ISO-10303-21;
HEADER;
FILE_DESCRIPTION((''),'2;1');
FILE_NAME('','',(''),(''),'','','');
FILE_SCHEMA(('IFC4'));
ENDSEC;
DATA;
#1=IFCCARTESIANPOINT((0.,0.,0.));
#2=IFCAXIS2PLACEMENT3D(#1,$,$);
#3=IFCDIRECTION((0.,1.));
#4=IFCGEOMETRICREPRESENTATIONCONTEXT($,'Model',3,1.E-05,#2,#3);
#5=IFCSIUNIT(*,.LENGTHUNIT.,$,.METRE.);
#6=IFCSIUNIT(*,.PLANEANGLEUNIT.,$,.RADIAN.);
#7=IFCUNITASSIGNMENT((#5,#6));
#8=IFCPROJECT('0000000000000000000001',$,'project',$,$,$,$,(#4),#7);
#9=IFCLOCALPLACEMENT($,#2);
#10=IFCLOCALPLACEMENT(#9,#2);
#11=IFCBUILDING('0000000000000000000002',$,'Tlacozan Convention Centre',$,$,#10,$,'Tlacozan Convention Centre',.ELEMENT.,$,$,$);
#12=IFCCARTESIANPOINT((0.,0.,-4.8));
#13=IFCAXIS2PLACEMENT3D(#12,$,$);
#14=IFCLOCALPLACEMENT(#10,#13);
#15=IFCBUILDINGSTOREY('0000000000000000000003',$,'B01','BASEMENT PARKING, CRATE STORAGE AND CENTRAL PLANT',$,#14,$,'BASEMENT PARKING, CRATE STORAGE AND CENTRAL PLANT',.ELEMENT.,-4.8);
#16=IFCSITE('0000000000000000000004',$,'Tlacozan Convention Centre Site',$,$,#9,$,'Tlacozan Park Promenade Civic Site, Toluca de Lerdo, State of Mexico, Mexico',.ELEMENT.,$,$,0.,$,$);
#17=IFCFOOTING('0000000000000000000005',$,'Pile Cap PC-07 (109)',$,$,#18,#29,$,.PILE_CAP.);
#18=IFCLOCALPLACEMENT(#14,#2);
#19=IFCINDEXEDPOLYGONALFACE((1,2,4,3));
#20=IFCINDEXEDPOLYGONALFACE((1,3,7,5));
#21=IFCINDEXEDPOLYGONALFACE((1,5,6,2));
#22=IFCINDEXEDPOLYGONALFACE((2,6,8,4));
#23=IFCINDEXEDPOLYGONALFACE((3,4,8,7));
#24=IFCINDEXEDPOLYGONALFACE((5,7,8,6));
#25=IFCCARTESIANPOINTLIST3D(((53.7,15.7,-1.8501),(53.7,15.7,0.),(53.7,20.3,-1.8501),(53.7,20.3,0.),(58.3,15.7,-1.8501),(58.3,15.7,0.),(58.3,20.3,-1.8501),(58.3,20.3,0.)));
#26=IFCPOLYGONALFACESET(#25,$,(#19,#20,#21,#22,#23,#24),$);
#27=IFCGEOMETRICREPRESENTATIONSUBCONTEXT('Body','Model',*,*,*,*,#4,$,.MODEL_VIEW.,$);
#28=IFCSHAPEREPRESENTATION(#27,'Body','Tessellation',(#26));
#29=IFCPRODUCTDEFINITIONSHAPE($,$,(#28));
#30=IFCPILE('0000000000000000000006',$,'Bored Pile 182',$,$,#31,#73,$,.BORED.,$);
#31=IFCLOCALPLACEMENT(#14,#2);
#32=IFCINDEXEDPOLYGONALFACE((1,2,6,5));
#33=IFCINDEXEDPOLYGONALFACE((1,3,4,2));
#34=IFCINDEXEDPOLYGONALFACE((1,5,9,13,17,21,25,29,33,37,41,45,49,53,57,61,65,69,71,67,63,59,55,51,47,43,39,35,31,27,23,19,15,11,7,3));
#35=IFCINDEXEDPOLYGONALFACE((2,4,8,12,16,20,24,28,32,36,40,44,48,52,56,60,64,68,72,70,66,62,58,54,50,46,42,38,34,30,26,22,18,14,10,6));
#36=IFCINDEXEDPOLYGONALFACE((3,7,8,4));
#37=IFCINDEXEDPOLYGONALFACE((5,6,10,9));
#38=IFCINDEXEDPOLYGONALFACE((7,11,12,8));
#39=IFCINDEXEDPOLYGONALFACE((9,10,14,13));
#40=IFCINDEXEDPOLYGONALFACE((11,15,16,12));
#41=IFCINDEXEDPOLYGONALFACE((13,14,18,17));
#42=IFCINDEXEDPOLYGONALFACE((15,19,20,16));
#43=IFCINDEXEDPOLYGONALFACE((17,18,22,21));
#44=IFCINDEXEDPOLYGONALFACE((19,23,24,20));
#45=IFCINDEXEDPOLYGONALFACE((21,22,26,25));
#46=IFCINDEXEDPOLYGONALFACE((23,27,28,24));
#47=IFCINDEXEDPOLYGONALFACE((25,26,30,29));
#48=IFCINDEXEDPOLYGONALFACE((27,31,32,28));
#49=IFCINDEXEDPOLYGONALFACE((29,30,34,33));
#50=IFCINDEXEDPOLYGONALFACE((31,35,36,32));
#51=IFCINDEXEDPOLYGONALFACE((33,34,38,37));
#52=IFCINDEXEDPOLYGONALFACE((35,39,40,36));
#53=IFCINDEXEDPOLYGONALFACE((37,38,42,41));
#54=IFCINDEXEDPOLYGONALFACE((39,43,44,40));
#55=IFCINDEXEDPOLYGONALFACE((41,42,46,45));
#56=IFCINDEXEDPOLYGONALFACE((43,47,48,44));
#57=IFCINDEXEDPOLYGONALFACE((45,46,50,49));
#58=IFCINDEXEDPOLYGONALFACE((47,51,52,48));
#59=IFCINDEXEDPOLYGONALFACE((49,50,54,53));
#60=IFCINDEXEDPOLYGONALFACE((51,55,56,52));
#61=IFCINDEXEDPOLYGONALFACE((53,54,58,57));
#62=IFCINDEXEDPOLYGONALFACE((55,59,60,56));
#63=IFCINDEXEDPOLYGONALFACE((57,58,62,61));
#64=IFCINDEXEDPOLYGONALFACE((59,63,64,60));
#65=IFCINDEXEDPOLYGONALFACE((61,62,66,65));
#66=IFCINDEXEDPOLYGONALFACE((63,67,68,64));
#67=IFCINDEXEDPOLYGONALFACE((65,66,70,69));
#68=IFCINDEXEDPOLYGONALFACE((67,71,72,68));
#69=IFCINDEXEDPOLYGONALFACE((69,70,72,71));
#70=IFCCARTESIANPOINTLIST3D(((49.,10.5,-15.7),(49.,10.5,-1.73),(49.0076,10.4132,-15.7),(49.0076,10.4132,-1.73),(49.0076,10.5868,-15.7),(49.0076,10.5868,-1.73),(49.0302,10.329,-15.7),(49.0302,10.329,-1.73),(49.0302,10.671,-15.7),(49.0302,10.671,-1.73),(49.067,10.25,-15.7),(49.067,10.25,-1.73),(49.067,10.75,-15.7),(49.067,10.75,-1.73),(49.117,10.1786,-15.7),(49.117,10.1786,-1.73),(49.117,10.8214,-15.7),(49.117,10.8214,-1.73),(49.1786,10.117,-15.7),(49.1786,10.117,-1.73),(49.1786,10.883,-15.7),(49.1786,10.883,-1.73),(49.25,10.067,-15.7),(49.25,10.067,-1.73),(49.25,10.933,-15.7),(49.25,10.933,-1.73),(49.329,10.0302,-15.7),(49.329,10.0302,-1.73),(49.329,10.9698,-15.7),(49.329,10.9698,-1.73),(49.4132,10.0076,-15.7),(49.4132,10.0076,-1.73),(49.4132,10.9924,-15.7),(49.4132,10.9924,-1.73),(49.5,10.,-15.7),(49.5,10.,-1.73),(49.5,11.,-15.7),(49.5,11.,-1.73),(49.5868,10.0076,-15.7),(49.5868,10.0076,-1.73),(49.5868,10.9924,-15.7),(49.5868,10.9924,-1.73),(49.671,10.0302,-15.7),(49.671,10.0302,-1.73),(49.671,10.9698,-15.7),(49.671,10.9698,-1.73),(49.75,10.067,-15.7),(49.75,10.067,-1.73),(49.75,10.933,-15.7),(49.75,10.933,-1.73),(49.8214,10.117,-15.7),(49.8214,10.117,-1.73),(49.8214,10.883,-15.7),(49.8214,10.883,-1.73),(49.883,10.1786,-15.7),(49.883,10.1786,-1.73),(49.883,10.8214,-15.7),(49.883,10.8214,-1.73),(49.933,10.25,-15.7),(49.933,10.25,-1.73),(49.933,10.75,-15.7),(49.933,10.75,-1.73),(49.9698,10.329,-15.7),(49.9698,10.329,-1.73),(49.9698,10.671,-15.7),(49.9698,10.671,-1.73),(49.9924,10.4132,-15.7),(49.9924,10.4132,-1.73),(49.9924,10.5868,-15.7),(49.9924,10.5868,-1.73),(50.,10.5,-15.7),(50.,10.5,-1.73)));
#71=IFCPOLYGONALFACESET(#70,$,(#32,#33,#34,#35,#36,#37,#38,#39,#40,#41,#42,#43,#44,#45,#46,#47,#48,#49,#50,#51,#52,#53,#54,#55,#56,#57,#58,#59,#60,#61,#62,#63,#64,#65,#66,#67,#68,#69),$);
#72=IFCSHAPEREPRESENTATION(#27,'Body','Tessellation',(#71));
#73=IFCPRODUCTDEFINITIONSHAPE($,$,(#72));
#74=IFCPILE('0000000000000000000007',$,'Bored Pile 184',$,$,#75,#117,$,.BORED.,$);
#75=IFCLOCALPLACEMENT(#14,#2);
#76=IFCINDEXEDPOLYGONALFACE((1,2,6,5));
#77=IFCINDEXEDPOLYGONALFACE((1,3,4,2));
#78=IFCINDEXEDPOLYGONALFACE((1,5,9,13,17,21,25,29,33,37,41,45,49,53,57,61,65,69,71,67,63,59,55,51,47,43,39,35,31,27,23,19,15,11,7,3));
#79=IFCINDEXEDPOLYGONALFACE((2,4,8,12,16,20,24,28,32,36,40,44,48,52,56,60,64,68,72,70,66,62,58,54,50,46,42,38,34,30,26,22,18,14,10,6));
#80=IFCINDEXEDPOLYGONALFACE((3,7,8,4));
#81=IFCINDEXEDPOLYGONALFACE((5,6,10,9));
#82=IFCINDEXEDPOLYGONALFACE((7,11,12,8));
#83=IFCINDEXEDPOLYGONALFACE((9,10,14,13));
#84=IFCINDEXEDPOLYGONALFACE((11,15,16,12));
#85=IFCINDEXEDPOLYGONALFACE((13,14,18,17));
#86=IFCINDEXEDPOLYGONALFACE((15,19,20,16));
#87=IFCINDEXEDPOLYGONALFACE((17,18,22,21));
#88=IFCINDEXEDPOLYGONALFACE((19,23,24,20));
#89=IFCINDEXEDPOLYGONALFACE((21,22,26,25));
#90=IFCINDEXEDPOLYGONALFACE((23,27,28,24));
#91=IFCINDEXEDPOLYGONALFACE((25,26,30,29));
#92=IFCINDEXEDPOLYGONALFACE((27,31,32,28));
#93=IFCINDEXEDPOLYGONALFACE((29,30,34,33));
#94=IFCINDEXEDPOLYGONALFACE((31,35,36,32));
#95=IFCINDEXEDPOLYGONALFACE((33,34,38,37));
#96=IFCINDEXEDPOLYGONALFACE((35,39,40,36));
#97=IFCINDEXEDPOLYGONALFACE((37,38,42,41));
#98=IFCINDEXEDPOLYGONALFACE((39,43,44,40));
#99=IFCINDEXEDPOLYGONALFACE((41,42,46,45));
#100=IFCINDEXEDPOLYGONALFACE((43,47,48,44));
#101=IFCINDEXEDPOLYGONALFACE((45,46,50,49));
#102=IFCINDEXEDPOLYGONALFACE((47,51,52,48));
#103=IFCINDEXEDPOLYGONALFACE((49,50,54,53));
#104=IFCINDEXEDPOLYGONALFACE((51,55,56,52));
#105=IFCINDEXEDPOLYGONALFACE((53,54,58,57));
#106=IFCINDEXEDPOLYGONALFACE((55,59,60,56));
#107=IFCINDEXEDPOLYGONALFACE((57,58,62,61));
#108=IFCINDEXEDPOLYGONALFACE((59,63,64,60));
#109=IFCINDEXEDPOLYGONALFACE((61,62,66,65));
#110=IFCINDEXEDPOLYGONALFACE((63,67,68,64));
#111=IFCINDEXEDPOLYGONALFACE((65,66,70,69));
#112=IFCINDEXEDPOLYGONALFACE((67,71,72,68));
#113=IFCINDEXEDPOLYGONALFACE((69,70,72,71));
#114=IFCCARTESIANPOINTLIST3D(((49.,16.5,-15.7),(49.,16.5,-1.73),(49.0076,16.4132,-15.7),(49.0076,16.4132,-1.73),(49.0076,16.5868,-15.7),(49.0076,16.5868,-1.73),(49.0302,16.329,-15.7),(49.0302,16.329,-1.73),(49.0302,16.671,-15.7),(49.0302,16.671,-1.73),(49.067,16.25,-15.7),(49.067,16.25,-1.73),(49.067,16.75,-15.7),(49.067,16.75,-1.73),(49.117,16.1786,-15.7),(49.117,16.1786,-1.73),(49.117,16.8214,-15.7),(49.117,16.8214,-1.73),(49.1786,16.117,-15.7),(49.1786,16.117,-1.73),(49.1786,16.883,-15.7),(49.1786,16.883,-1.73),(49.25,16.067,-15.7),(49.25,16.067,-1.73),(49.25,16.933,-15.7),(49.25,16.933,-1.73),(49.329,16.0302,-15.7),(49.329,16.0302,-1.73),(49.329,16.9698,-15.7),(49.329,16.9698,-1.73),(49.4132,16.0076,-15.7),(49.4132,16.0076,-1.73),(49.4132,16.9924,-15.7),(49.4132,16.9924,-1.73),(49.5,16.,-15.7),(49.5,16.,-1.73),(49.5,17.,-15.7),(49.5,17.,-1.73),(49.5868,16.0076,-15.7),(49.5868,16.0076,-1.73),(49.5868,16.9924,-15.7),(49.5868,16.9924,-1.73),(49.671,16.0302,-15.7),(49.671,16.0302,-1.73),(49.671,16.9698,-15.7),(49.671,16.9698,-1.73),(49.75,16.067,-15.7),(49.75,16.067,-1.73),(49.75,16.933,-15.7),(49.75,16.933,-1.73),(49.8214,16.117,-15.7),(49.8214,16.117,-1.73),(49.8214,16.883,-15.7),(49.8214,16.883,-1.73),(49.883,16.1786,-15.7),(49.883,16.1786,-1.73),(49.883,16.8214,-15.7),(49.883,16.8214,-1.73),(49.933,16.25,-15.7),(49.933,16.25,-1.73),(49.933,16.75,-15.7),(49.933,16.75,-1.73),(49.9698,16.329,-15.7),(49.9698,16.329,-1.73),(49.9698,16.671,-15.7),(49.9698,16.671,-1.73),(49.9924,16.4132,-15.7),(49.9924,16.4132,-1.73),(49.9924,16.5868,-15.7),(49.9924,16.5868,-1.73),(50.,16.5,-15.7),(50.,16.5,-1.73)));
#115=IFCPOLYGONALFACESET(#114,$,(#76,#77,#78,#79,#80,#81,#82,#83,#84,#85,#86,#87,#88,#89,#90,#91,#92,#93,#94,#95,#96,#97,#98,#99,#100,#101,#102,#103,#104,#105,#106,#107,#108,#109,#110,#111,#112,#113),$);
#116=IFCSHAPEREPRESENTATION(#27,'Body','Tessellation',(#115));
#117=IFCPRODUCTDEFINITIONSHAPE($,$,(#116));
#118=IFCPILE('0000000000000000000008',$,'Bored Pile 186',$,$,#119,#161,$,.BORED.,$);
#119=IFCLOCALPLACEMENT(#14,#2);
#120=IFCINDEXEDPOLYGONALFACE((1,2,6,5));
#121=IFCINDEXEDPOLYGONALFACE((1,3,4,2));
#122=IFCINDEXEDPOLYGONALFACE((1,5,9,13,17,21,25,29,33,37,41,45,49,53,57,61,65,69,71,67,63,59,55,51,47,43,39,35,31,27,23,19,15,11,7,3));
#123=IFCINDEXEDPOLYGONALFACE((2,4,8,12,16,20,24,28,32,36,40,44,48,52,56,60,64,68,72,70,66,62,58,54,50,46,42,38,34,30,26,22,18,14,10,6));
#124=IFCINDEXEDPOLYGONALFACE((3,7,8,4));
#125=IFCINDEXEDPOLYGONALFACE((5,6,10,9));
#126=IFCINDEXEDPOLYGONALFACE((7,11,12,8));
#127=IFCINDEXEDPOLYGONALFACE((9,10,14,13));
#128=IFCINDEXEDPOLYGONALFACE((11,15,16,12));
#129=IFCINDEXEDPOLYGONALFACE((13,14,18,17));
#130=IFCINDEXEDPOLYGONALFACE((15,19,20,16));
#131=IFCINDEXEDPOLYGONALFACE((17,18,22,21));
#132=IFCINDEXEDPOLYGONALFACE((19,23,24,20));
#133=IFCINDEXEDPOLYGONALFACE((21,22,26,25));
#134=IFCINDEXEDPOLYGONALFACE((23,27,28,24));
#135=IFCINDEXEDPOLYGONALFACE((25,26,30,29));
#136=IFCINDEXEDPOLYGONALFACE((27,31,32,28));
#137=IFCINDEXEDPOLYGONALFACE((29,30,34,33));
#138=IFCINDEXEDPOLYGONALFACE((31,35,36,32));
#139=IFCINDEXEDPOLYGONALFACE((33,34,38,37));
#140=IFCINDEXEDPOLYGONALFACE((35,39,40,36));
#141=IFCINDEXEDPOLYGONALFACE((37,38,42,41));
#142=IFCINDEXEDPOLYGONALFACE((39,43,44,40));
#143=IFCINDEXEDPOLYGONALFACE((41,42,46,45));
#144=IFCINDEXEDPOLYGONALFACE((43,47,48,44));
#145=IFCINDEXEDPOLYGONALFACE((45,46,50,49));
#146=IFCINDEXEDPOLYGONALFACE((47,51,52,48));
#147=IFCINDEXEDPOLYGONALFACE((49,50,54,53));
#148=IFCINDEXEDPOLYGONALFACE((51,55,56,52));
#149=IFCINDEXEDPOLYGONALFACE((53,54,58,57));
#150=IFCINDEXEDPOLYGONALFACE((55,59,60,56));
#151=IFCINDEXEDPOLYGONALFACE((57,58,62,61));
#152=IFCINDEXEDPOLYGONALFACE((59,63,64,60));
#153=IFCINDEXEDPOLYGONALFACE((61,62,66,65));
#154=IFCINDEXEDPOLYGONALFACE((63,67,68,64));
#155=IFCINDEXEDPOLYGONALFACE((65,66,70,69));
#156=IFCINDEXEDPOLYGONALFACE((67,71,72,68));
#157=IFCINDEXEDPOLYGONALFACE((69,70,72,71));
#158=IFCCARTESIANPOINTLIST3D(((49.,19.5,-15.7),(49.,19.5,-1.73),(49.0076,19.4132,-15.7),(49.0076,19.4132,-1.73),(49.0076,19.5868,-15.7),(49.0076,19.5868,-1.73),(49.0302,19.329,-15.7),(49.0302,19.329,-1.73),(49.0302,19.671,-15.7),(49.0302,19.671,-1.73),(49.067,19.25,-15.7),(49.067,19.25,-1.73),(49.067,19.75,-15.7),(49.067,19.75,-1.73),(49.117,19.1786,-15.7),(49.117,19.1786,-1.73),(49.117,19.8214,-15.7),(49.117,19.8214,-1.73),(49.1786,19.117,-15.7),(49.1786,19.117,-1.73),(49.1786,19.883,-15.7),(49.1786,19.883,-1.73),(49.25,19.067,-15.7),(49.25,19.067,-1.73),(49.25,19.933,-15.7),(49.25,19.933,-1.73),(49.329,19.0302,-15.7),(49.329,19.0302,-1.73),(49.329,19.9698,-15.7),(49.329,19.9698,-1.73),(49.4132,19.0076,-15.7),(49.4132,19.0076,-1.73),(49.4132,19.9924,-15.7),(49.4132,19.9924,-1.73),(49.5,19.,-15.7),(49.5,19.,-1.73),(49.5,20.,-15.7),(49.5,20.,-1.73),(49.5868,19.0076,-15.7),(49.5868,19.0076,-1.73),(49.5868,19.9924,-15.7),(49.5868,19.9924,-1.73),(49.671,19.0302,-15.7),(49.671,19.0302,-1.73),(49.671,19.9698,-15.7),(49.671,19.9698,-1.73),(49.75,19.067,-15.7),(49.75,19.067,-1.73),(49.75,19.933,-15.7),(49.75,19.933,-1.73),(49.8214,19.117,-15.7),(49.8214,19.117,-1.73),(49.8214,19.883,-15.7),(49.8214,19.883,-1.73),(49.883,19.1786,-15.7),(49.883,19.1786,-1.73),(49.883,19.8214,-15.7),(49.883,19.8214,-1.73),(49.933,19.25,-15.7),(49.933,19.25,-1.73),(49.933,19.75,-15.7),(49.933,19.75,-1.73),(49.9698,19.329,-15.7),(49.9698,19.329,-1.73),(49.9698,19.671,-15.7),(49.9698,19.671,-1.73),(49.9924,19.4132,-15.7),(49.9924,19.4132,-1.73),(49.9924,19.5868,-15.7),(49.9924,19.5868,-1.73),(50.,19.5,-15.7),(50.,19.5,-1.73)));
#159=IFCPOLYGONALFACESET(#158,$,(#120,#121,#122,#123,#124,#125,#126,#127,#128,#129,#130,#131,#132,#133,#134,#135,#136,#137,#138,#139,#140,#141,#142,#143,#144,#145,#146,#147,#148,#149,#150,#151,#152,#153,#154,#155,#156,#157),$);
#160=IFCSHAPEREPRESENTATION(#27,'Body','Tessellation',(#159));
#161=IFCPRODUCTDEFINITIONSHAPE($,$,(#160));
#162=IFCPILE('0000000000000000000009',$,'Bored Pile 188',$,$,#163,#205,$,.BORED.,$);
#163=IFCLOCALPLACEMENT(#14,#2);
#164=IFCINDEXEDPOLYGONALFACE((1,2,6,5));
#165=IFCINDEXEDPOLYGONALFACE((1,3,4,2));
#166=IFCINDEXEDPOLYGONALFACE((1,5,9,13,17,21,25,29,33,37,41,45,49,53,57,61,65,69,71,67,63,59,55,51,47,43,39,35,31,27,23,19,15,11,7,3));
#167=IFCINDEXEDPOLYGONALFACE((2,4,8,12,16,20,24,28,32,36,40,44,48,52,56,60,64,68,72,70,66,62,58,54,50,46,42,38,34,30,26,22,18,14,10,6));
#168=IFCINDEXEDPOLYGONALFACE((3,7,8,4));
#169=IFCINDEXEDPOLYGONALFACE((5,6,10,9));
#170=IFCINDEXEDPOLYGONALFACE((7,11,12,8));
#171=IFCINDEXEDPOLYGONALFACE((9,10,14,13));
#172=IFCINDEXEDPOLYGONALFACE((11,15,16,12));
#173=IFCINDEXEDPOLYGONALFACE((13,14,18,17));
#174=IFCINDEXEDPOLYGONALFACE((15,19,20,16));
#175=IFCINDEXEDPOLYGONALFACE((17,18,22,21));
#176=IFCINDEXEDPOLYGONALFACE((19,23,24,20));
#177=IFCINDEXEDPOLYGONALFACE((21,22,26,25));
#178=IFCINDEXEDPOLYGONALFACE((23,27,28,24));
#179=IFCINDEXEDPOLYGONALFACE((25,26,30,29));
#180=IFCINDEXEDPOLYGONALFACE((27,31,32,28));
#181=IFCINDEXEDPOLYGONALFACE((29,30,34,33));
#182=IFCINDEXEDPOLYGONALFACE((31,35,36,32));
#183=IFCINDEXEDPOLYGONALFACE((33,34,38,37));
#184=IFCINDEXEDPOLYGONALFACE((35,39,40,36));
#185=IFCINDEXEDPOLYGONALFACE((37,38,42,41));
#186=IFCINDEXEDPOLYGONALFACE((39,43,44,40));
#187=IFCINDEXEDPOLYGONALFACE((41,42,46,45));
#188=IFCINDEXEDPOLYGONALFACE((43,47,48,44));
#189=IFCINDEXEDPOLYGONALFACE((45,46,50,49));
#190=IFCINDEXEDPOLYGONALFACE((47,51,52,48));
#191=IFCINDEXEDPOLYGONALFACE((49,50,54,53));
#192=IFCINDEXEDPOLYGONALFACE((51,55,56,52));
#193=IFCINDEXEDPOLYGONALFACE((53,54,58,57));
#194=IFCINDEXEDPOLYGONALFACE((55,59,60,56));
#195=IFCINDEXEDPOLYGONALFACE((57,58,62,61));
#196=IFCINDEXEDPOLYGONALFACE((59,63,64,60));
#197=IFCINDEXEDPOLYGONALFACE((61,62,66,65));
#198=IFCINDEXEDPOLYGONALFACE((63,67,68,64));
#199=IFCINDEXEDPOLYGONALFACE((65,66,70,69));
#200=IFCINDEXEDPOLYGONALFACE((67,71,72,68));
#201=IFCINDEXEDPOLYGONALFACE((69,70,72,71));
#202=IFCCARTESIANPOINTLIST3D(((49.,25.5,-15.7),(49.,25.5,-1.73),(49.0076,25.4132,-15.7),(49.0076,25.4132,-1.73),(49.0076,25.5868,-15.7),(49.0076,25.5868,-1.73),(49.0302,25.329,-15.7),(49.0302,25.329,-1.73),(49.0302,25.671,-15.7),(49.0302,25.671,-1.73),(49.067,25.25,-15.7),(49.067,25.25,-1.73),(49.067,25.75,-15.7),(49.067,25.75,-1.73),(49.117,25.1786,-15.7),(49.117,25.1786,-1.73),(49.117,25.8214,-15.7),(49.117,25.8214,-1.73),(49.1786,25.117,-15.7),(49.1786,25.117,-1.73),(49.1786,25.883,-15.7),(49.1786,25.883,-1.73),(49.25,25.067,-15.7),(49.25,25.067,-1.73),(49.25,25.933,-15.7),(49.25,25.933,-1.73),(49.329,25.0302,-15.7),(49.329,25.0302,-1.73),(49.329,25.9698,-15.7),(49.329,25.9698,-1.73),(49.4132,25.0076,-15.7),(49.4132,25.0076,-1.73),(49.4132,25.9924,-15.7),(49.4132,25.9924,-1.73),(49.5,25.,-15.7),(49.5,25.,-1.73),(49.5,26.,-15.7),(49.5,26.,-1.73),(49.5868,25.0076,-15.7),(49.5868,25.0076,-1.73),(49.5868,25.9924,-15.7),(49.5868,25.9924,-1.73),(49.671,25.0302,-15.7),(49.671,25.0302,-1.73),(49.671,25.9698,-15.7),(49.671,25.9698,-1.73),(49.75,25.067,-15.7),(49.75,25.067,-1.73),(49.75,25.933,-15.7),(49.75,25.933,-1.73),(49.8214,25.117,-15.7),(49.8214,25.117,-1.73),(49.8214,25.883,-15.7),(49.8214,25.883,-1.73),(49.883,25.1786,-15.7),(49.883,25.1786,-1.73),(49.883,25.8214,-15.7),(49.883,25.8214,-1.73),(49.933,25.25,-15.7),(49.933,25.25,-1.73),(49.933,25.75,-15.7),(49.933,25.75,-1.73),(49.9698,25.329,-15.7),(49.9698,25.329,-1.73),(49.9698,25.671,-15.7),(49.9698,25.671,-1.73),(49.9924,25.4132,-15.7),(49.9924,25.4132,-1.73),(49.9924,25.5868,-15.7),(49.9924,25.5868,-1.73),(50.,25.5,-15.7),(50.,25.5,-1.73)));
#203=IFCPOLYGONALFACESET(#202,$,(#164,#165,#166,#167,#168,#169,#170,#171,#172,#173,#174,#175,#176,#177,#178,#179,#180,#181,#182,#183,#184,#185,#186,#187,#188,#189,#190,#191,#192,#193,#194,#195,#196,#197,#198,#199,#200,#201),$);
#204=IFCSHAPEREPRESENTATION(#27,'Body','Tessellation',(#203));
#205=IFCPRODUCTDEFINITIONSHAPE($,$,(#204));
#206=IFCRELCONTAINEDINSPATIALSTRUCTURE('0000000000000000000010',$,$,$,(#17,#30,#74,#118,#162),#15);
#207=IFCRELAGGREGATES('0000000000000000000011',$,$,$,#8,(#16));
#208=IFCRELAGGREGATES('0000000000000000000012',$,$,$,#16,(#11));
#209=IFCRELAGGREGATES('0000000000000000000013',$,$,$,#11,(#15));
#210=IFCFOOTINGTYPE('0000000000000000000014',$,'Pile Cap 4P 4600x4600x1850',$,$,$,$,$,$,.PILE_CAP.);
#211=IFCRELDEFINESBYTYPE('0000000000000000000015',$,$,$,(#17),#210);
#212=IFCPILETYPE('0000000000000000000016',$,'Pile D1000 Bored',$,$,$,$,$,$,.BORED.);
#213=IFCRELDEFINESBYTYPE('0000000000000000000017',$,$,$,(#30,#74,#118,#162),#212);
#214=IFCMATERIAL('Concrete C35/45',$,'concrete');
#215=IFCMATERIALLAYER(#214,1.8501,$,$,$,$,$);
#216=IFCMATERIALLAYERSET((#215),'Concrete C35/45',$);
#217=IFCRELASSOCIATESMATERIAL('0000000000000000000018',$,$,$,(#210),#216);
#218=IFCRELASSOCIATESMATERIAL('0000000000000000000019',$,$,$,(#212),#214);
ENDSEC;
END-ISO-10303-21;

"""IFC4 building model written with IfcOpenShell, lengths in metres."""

from ifc_helpers import new_model, si_unit, direction, frame, origin, origin_2d, place, context, subcontext, project, spatial, rectangle, circle, extrude, material, layer, layer_set, material_profile, profile_set, type_object, element, save


model = new_model("IFC4")

# Units and contexts
model_context = context("Model", 3, precision=1e-05, world=origin(), true_north=direction((0.0, 1.0)))
body_context = subcontext(model_context, "Body", "Model", "MODEL_VIEW")
ifc_project = project(units=[si_unit("LENGTHUNIT", "METRE"), si_unit("PLANEANGLEUNIT", "RADIAN")], contexts=[model_context])

# Site, building, storey
site_placement = place(None, origin())
site = spatial("IfcSite", under=ifc_project, at=site_placement, Name="Tlacozan Convention Centre Site", LongName="Tlacozan Park Promenade Civic Site, Toluca de Lerdo, State of Mexico, Mexico", CompositionType="ELEMENT", RefElevation=0.0)
building_placement = place(site_placement, origin())
building = spatial("IfcBuilding", under=site, at=building_placement, Name="Tlacozan Convention Centre", LongName="Tlacozan Convention Centre", CompositionType="ELEMENT")
storey_placement = place(building_placement, frame((0.0, 0.0, -4.8)))
storey = spatial("IfcBuildingStorey", under=building, at=storey_placement, Name="B01", Description="BASEMENT PARKING, CRATE STORAGE AND CENTRAL PLANT", LongName="BASEMENT PARKING, CRATE STORAGE AND CENTRAL PLANT", CompositionType="ELEMENT", Elevation=-4.8)

# Footing
ifc_material_1 = material(Name="Concrete C35/45", Category="concrete")
ifc_layer_1 = layer(ifc_material_1, 1.8501)
ifc_layer_set_1 = layer_set([ifc_layer_1], Name="Concrete C35/45")
footing_type = type_object("IfcFootingType", Name="Pile Cap 4P 4600x4600x1850", PredefinedType="PILE_CAP", material=ifc_layer_set_1)
footing_placement = place(storey_placement, frame((56.0, 18.0, -1.8501), z_axis=(0.0, 0.0, 1.0), x_axis=(1.0, 0.0, 0.0)))
element("IfcFooting", 1, at=footing_placement, inside=storey, type_object=footing_type, Name="Pile Cap PC-07 (109)", PredefinedType="PILE_CAP", context=body_context, shape_type="SweptSolid", body=[
    extrude(rectangle(XDim=4.6001, YDim=4.6001, at=origin_2d()), origin(), (0.0, 0.0, 1.0), 1.8501),
])

# Piles
ifc_material_profile_1 = material_profile(ifc_material_1, circle(Radius=0.5, at=origin_2d()), Name="PILE D1000")
ifc_profile_set_1 = profile_set([ifc_material_profile_1], Name="Concrete C35/45")
pile_type = type_object("IfcPileType", Name="Pile D1000 Bored", PredefinedType="BORED", material=ifc_profile_set_1)
for number, where, z_axis, x_axis, name in (
    (2, (49.5, 10.5, -1.73), (0.0, 0.0, -1.0), (1.0, 0.0, 0.0), "Bored Pile 182"),
    (3, (49.5, 16.5, -1.73), (0.0, 0.0, -1.0), (1.0, 0.0, 0.0), "Bored Pile 184"),
    (4, (49.5, 19.5, -1.73), (0.0, 0.0, -1.0), (1.0, 0.0, 0.0), "Bored Pile 186"),
    (5, (49.5, 25.5, -1.73), (0.0, 0.0, -1.0), (1.0, 0.0, 0.0), "Bored Pile 188"),
):
    element("IfcPile", number, at=place(storey_placement, frame(where, z_axis=z_axis, x_axis=x_axis)), inside=storey, type_object=pile_type, Name=name, PredefinedType="BORED", context=body_context, shape_type="SweptSolid", body=[
        extrude(circle(Radius=0.5, at=origin_2d()), origin(), (0.0, 0.0, 1.0), 13.97),
    ])

save(model, "model.ifc")
